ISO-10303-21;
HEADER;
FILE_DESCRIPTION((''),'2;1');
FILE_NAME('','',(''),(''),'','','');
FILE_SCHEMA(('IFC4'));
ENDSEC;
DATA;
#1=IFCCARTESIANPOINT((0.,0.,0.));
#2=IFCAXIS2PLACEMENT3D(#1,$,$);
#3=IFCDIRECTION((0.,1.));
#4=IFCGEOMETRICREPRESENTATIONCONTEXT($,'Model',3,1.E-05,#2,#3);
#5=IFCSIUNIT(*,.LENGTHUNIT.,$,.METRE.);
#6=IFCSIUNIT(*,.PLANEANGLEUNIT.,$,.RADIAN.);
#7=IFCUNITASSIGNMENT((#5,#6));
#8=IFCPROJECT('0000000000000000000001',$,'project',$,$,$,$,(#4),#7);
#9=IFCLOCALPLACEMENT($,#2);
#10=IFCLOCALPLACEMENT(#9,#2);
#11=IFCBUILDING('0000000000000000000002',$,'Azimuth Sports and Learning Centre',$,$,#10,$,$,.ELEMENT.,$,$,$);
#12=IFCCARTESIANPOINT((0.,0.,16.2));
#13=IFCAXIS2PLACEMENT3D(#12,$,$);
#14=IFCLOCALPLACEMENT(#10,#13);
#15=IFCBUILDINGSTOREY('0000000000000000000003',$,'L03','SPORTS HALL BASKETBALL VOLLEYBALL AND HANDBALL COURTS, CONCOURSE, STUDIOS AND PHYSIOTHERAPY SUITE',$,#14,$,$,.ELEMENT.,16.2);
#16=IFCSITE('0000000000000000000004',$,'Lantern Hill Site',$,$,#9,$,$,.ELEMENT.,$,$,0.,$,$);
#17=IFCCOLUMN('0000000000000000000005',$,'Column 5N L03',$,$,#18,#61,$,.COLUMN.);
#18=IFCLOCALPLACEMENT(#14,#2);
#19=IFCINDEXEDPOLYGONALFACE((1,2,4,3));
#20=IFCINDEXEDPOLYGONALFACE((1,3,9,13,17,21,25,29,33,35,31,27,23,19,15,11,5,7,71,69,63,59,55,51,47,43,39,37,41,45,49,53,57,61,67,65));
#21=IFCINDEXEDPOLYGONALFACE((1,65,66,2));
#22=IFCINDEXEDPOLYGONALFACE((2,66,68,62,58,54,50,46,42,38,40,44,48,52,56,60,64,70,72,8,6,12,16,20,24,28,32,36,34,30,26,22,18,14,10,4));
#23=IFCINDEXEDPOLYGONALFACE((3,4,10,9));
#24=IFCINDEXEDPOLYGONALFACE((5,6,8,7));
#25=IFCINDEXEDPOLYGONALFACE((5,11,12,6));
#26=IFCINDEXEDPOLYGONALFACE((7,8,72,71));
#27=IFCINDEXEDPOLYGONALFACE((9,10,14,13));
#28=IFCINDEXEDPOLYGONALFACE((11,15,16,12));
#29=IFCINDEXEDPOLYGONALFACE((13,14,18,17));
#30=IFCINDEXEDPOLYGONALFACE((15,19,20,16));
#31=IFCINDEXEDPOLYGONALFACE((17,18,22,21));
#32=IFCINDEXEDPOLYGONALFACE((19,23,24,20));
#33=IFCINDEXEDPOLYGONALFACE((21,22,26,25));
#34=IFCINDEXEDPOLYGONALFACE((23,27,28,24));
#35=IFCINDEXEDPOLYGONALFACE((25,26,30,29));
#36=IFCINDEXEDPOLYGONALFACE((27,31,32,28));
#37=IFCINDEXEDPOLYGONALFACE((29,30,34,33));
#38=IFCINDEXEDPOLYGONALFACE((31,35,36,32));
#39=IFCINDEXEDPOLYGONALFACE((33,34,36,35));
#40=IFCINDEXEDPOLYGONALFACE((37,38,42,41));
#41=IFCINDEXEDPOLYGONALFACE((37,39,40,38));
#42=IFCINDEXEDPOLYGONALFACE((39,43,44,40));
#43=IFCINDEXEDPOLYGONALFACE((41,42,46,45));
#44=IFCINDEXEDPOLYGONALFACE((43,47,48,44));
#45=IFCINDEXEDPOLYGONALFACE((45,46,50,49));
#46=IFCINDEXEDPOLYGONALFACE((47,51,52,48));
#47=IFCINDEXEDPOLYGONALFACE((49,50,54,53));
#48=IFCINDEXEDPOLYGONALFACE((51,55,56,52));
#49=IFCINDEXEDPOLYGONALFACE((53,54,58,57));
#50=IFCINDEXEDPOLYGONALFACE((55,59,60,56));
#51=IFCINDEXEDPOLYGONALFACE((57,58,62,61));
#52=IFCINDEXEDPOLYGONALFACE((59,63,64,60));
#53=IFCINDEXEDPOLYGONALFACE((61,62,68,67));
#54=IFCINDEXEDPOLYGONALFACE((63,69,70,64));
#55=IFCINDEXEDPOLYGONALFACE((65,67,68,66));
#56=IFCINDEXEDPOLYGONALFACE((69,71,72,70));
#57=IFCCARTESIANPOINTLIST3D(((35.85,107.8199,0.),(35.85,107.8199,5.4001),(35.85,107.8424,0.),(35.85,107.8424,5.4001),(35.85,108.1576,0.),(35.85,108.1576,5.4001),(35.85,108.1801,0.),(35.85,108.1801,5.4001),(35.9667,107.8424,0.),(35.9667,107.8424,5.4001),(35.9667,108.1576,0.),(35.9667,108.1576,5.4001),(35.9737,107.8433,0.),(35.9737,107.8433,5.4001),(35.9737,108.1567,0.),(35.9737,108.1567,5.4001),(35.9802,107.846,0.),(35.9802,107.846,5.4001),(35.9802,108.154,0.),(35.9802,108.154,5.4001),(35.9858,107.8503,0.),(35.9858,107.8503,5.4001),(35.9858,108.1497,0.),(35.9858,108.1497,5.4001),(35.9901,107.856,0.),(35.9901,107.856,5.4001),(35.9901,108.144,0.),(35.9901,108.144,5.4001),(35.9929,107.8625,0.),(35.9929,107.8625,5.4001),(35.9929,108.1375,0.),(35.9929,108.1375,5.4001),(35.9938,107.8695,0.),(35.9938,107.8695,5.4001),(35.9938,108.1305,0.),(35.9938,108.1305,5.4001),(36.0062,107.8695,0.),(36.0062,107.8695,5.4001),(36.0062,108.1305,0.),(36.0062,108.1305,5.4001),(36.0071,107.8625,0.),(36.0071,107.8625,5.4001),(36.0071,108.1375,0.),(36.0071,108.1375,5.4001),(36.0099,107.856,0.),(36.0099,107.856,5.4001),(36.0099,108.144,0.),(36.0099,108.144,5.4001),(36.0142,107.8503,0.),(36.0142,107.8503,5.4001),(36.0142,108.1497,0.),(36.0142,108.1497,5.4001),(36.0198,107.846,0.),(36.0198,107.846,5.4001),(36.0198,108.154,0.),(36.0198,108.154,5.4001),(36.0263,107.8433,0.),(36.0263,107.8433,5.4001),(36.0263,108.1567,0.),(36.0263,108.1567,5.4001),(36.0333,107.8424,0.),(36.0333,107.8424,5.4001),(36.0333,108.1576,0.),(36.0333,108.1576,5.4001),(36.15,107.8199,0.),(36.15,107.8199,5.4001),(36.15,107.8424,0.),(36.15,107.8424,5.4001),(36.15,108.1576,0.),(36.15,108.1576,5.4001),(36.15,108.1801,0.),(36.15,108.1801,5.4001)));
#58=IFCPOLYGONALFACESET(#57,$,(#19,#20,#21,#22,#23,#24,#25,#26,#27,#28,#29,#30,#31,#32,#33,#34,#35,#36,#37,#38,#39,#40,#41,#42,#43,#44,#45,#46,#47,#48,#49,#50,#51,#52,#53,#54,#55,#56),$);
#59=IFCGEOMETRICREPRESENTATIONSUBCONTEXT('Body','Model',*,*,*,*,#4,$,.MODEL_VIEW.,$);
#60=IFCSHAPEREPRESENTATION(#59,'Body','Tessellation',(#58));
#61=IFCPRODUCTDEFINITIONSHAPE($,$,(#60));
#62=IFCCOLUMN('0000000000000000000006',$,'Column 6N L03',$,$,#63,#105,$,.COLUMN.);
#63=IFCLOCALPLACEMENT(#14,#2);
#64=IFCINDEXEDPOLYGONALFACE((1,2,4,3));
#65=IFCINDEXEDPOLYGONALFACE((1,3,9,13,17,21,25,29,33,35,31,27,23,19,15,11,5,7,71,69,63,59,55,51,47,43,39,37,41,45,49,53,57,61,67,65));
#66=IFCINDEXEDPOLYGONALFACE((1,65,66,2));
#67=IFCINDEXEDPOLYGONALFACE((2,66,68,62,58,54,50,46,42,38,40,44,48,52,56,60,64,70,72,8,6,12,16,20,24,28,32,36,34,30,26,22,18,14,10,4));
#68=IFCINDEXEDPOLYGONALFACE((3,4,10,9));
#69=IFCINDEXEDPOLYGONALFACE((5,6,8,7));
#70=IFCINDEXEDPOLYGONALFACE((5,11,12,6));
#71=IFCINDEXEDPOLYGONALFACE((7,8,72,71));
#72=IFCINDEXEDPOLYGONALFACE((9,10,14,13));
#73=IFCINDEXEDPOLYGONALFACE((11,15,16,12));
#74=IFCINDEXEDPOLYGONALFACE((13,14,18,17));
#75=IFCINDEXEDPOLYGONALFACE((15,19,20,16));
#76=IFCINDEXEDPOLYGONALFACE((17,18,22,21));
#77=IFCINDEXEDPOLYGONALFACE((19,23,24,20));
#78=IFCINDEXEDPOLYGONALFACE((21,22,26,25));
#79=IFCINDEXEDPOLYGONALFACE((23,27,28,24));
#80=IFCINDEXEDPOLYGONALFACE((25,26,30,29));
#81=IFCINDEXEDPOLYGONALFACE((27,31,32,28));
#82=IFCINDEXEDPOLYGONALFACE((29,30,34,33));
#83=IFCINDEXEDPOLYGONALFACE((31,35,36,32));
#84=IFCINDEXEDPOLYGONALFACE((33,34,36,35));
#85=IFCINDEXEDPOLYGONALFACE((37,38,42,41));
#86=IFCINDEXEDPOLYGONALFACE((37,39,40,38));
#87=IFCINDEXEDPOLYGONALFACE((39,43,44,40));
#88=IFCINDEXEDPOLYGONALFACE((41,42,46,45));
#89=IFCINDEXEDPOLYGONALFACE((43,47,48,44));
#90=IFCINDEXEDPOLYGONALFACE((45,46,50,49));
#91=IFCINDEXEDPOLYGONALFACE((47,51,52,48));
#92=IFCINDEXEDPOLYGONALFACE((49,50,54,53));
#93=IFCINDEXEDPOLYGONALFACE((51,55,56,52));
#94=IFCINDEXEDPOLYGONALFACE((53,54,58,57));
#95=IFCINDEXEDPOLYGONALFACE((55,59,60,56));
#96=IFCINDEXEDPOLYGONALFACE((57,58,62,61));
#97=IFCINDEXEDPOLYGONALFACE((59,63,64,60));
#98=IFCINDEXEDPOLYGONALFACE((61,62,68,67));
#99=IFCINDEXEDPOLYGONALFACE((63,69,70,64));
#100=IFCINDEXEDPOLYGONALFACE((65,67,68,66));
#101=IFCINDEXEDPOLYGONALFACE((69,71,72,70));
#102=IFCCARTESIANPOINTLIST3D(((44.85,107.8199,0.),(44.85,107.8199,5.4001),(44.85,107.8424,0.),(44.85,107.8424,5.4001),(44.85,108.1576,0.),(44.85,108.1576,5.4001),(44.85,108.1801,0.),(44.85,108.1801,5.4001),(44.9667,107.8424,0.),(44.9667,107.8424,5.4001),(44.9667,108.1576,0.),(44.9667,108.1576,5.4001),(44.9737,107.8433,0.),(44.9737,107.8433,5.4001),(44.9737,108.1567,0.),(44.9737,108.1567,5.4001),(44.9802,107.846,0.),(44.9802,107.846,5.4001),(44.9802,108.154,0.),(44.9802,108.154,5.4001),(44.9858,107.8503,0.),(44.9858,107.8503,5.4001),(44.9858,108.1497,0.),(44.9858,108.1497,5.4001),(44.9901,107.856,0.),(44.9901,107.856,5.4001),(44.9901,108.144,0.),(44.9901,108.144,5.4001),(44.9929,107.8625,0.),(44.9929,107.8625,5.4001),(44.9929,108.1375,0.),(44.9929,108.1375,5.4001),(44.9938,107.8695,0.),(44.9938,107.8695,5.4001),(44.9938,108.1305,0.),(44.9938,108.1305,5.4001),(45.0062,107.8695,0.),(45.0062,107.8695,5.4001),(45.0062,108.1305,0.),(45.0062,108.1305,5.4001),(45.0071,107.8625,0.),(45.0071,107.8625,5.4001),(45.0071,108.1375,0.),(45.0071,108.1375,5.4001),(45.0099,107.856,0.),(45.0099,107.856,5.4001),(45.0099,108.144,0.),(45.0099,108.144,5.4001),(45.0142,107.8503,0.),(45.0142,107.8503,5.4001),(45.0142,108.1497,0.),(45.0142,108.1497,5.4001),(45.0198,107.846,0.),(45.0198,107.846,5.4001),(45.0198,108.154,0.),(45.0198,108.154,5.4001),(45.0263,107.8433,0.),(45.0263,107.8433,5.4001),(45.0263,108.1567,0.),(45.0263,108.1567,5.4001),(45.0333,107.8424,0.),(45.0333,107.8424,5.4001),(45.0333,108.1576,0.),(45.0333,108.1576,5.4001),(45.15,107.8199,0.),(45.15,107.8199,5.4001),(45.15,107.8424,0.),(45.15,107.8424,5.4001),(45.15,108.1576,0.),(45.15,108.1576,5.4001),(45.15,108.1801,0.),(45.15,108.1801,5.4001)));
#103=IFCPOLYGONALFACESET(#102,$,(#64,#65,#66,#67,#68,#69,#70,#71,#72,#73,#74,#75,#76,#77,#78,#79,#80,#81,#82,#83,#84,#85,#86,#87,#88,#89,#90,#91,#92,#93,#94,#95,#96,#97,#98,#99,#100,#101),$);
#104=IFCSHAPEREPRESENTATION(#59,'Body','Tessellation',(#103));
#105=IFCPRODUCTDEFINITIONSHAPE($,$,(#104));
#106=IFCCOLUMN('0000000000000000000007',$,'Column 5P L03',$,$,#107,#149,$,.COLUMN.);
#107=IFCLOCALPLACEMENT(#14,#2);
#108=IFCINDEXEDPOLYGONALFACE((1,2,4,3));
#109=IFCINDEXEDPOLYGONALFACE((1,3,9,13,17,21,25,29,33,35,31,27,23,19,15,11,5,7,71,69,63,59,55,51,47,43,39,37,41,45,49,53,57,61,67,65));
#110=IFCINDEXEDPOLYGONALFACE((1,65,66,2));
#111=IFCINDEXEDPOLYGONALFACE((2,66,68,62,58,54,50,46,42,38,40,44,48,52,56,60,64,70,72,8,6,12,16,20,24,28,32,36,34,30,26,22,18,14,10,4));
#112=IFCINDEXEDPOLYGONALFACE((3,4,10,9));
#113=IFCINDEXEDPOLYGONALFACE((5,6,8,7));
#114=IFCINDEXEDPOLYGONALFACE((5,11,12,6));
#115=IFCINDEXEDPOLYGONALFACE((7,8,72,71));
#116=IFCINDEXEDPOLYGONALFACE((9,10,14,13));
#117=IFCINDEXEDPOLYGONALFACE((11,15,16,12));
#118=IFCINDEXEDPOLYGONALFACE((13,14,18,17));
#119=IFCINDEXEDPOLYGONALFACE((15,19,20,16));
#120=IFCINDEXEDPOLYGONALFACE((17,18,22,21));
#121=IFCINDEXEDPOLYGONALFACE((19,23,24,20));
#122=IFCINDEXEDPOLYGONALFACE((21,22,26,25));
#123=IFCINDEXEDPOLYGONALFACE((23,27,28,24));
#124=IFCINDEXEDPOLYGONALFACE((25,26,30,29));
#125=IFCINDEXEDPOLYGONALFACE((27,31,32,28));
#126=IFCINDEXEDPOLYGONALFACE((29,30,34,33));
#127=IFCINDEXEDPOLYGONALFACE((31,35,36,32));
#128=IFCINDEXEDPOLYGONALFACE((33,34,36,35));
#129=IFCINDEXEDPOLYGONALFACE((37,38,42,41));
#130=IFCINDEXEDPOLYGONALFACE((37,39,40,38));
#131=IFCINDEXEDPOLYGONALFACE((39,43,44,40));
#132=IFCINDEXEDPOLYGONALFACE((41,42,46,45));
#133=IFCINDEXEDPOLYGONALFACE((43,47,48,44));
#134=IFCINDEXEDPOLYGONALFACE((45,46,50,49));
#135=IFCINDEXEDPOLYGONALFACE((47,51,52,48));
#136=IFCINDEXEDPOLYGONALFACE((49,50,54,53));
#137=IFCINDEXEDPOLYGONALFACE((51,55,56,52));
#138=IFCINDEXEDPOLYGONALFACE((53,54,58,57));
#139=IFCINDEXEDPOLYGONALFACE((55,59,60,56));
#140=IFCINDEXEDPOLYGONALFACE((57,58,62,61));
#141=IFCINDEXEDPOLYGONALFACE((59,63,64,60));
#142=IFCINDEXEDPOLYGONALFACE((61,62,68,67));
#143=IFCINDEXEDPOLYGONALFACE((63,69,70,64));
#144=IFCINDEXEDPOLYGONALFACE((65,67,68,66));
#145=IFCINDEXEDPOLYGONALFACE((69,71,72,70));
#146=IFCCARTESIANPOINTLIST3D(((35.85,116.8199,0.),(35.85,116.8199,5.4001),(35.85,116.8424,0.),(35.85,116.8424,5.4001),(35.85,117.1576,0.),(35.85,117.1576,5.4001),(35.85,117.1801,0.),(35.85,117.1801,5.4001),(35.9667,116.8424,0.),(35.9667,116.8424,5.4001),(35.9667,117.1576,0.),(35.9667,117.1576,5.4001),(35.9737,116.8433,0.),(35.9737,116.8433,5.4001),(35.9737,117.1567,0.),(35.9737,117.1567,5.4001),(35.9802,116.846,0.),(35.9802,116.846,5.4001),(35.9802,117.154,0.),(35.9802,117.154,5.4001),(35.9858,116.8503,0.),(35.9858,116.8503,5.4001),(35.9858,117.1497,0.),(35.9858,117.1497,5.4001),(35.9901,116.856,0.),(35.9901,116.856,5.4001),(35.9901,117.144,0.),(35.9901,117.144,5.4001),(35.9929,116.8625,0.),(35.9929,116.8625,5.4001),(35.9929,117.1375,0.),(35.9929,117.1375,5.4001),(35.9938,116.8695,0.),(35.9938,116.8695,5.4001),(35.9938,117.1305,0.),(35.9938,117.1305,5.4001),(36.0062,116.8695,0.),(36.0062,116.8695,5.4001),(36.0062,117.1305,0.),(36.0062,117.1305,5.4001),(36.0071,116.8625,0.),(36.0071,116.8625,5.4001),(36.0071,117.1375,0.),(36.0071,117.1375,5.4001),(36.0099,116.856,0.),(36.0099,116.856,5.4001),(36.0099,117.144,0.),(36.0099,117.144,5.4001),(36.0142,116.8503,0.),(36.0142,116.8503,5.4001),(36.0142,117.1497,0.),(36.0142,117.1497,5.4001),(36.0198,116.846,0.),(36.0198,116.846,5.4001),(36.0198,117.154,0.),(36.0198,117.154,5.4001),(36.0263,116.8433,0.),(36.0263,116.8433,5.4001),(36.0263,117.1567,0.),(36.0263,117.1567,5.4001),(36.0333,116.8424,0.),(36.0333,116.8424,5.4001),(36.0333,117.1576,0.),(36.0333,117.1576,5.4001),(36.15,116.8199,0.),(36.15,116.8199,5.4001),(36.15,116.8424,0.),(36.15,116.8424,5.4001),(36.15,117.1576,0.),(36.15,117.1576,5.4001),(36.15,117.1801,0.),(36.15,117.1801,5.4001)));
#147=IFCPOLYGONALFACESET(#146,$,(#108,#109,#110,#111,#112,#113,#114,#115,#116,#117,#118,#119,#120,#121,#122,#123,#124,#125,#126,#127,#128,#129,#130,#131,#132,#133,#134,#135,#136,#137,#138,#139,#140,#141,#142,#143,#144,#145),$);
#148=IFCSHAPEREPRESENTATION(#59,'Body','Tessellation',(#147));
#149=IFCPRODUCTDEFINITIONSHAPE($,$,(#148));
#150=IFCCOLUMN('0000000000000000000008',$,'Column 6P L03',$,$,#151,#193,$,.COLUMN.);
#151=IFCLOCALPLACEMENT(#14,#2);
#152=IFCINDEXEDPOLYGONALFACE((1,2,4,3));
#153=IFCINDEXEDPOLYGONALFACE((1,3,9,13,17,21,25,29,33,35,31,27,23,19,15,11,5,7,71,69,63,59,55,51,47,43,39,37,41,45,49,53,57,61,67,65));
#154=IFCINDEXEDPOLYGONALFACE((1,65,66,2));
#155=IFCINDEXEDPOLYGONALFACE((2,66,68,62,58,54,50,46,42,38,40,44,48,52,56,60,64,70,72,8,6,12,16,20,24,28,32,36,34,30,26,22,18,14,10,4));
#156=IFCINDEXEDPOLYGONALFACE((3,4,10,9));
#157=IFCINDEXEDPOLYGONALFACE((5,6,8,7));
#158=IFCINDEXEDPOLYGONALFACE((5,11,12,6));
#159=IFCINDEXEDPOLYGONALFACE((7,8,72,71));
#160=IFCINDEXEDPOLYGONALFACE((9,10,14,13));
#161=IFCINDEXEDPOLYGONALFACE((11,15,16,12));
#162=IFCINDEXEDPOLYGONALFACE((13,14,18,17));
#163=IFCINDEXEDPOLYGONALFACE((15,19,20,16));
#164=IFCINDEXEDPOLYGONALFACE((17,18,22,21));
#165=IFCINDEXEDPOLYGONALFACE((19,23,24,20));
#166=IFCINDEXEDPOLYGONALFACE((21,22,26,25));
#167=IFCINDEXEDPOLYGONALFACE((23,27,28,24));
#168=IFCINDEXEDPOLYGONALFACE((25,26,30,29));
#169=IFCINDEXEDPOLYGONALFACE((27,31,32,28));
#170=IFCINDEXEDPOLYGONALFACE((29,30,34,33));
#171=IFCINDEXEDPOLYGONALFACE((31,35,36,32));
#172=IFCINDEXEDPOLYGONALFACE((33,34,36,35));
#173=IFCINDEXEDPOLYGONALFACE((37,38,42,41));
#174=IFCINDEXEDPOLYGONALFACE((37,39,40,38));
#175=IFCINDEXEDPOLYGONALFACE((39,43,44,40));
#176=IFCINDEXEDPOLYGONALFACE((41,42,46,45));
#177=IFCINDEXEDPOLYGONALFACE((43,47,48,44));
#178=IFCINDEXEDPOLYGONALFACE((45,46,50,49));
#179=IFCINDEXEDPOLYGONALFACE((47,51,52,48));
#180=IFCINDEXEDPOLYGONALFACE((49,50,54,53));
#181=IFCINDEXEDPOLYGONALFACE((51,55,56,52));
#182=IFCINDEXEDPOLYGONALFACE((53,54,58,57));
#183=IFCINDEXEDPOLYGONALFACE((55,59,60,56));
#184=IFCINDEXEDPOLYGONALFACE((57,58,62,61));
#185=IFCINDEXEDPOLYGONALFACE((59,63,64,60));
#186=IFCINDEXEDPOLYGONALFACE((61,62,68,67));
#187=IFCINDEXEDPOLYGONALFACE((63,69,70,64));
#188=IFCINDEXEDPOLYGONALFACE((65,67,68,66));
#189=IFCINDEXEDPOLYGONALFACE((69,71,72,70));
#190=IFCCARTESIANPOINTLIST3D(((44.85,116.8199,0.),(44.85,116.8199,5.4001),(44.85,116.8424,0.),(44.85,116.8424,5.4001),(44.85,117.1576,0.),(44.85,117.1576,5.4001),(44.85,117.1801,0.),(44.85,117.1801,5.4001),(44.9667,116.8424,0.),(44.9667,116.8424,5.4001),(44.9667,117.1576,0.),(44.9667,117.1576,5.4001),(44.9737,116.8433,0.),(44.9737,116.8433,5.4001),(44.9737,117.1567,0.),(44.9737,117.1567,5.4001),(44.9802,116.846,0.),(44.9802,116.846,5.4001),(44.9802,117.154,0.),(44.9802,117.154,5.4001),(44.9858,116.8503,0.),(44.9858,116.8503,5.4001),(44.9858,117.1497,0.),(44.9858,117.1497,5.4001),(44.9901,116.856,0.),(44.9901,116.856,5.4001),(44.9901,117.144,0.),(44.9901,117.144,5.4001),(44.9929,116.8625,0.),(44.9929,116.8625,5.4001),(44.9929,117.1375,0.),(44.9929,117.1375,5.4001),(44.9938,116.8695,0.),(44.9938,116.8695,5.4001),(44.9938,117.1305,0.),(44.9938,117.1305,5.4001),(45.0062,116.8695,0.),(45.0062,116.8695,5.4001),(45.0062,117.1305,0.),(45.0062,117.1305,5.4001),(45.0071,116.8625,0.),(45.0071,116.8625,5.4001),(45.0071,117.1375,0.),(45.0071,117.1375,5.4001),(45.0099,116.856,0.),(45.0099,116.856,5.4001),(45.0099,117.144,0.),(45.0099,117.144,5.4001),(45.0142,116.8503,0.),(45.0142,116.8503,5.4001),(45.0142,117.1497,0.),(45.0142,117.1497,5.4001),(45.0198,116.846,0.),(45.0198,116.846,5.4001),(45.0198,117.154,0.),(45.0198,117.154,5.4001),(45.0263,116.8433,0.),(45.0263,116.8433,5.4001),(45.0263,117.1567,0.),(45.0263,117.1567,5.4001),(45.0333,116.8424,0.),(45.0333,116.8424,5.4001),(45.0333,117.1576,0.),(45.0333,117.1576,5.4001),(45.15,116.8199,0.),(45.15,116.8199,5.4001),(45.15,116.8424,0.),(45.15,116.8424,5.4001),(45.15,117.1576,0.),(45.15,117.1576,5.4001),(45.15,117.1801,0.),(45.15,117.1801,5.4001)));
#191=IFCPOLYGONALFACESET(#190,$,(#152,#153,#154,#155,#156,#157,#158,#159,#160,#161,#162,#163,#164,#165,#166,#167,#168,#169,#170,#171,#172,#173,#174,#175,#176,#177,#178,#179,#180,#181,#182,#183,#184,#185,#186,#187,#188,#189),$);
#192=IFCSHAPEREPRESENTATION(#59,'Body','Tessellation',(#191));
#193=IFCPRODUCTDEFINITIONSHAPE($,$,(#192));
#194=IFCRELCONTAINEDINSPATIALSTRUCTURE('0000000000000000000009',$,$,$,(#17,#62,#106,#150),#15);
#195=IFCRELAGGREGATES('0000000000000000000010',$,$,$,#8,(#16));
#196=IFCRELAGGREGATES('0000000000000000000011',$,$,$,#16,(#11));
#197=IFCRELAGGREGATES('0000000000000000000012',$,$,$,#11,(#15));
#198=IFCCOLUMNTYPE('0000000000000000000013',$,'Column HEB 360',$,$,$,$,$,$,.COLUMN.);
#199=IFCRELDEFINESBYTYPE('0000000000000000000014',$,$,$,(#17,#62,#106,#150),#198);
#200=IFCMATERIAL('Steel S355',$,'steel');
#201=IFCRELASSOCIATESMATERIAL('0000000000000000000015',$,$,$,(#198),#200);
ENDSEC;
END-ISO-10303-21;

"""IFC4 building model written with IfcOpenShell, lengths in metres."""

from ifc_helpers import new_model, si_unit, direction, frame, origin, origin_2d, place, context, subcontext, project, spatial, i_section, extrude, material, material_profile, profile_set, type_object, element, save


model = new_model("IFC4")

# Units and contexts
model_context = context("Model", 3, precision=1e-05, world=origin(), true_north=direction((0.0, 1.0)))
body_context = subcontext(model_context, "Body", "Model", "MODEL_VIEW")
ifc_project = project(units=[si_unit("LENGTHUNIT", "METRE"), si_unit("PLANEANGLEUNIT", "RADIAN")], contexts=[model_context])

# Site, building, storey
site_placement = place(None, origin())
site = spatial("IfcSite", under=ifc_project, at=site_placement, Name="Lantern Hill Site", CompositionType="ELEMENT", RefElevation=0.0)
building_placement = place(site_placement, origin())
building = spatial("IfcBuilding", under=site, at=building_placement, Name="Azimuth Sports and Learning Centre", CompositionType="ELEMENT")
storey_placement = place(building_placement, frame((0.0, 0.0, 16.2)))
storey = spatial("IfcBuildingStorey", under=building, at=storey_placement, Name="L03", Description="SPORTS HALL BASKETBALL VOLLEYBALL AND HANDBALL COURTS, CONCOURSE, STUDIOS AND PHYSIOTHERAPY SUITE", CompositionType="ELEMENT", Elevation=16.2)

# Columns
ifc_material_1 = material(Name="Steel S355", Category="steel")
ifc_material_profile_1 = material_profile(ifc_material_1, i_section(OverallWidth=0.3, OverallDepth=0.3601, WebThickness=0.0125, FlangeThickness=0.0225, FilletRadius=0.0271, at=origin_2d()), Name="HEB 360")
ifc_profile_set_1 = profile_set([ifc_material_profile_1], Name="Steel S355")
column_type = type_object("IfcColumnType", Name="Column HEB 360", PredefinedType="COLUMN", material=ifc_profile_set_1)
for number, where, z_axis, x_axis, name in (
    (1, (36.0, 108.0, 0.0), (0.0, 0.0, 1.0), (1.0, 0.0, 0.0), "Column 5N L03"),
    (2, (45.0, 108.0, 0.0), (0.0, 0.0, 1.0), (1.0, 0.0, 0.0), "Column 6N L03"),
    (3, (36.0, 117.0, 0.0), (0.0, 0.0, 1.0), (1.0, 0.0, 0.0), "Column 5P L03"),
    (4, (45.0, 117.0, 0.0), (0.0, 0.0, 1.0), (1.0, 0.0, 0.0), "Column 6P L03"),
):
    element("IfcColumn", number, at=place(storey_placement, frame(where, z_axis=z_axis, x_axis=x_axis)), inside=storey, type_object=column_type, Name=name, PredefinedType="COLUMN", context=body_context, shape_type="SweptSolid", body=[
        extrude(i_section(OverallWidth=0.3, OverallDepth=0.3601, WebThickness=0.0125, FlangeThickness=0.0225, FilletRadius=0.0271, at=origin_2d()), origin(), (0.0, 0.0, 1.0), 5.4001),
    ])

save(model, "model.ifc")
